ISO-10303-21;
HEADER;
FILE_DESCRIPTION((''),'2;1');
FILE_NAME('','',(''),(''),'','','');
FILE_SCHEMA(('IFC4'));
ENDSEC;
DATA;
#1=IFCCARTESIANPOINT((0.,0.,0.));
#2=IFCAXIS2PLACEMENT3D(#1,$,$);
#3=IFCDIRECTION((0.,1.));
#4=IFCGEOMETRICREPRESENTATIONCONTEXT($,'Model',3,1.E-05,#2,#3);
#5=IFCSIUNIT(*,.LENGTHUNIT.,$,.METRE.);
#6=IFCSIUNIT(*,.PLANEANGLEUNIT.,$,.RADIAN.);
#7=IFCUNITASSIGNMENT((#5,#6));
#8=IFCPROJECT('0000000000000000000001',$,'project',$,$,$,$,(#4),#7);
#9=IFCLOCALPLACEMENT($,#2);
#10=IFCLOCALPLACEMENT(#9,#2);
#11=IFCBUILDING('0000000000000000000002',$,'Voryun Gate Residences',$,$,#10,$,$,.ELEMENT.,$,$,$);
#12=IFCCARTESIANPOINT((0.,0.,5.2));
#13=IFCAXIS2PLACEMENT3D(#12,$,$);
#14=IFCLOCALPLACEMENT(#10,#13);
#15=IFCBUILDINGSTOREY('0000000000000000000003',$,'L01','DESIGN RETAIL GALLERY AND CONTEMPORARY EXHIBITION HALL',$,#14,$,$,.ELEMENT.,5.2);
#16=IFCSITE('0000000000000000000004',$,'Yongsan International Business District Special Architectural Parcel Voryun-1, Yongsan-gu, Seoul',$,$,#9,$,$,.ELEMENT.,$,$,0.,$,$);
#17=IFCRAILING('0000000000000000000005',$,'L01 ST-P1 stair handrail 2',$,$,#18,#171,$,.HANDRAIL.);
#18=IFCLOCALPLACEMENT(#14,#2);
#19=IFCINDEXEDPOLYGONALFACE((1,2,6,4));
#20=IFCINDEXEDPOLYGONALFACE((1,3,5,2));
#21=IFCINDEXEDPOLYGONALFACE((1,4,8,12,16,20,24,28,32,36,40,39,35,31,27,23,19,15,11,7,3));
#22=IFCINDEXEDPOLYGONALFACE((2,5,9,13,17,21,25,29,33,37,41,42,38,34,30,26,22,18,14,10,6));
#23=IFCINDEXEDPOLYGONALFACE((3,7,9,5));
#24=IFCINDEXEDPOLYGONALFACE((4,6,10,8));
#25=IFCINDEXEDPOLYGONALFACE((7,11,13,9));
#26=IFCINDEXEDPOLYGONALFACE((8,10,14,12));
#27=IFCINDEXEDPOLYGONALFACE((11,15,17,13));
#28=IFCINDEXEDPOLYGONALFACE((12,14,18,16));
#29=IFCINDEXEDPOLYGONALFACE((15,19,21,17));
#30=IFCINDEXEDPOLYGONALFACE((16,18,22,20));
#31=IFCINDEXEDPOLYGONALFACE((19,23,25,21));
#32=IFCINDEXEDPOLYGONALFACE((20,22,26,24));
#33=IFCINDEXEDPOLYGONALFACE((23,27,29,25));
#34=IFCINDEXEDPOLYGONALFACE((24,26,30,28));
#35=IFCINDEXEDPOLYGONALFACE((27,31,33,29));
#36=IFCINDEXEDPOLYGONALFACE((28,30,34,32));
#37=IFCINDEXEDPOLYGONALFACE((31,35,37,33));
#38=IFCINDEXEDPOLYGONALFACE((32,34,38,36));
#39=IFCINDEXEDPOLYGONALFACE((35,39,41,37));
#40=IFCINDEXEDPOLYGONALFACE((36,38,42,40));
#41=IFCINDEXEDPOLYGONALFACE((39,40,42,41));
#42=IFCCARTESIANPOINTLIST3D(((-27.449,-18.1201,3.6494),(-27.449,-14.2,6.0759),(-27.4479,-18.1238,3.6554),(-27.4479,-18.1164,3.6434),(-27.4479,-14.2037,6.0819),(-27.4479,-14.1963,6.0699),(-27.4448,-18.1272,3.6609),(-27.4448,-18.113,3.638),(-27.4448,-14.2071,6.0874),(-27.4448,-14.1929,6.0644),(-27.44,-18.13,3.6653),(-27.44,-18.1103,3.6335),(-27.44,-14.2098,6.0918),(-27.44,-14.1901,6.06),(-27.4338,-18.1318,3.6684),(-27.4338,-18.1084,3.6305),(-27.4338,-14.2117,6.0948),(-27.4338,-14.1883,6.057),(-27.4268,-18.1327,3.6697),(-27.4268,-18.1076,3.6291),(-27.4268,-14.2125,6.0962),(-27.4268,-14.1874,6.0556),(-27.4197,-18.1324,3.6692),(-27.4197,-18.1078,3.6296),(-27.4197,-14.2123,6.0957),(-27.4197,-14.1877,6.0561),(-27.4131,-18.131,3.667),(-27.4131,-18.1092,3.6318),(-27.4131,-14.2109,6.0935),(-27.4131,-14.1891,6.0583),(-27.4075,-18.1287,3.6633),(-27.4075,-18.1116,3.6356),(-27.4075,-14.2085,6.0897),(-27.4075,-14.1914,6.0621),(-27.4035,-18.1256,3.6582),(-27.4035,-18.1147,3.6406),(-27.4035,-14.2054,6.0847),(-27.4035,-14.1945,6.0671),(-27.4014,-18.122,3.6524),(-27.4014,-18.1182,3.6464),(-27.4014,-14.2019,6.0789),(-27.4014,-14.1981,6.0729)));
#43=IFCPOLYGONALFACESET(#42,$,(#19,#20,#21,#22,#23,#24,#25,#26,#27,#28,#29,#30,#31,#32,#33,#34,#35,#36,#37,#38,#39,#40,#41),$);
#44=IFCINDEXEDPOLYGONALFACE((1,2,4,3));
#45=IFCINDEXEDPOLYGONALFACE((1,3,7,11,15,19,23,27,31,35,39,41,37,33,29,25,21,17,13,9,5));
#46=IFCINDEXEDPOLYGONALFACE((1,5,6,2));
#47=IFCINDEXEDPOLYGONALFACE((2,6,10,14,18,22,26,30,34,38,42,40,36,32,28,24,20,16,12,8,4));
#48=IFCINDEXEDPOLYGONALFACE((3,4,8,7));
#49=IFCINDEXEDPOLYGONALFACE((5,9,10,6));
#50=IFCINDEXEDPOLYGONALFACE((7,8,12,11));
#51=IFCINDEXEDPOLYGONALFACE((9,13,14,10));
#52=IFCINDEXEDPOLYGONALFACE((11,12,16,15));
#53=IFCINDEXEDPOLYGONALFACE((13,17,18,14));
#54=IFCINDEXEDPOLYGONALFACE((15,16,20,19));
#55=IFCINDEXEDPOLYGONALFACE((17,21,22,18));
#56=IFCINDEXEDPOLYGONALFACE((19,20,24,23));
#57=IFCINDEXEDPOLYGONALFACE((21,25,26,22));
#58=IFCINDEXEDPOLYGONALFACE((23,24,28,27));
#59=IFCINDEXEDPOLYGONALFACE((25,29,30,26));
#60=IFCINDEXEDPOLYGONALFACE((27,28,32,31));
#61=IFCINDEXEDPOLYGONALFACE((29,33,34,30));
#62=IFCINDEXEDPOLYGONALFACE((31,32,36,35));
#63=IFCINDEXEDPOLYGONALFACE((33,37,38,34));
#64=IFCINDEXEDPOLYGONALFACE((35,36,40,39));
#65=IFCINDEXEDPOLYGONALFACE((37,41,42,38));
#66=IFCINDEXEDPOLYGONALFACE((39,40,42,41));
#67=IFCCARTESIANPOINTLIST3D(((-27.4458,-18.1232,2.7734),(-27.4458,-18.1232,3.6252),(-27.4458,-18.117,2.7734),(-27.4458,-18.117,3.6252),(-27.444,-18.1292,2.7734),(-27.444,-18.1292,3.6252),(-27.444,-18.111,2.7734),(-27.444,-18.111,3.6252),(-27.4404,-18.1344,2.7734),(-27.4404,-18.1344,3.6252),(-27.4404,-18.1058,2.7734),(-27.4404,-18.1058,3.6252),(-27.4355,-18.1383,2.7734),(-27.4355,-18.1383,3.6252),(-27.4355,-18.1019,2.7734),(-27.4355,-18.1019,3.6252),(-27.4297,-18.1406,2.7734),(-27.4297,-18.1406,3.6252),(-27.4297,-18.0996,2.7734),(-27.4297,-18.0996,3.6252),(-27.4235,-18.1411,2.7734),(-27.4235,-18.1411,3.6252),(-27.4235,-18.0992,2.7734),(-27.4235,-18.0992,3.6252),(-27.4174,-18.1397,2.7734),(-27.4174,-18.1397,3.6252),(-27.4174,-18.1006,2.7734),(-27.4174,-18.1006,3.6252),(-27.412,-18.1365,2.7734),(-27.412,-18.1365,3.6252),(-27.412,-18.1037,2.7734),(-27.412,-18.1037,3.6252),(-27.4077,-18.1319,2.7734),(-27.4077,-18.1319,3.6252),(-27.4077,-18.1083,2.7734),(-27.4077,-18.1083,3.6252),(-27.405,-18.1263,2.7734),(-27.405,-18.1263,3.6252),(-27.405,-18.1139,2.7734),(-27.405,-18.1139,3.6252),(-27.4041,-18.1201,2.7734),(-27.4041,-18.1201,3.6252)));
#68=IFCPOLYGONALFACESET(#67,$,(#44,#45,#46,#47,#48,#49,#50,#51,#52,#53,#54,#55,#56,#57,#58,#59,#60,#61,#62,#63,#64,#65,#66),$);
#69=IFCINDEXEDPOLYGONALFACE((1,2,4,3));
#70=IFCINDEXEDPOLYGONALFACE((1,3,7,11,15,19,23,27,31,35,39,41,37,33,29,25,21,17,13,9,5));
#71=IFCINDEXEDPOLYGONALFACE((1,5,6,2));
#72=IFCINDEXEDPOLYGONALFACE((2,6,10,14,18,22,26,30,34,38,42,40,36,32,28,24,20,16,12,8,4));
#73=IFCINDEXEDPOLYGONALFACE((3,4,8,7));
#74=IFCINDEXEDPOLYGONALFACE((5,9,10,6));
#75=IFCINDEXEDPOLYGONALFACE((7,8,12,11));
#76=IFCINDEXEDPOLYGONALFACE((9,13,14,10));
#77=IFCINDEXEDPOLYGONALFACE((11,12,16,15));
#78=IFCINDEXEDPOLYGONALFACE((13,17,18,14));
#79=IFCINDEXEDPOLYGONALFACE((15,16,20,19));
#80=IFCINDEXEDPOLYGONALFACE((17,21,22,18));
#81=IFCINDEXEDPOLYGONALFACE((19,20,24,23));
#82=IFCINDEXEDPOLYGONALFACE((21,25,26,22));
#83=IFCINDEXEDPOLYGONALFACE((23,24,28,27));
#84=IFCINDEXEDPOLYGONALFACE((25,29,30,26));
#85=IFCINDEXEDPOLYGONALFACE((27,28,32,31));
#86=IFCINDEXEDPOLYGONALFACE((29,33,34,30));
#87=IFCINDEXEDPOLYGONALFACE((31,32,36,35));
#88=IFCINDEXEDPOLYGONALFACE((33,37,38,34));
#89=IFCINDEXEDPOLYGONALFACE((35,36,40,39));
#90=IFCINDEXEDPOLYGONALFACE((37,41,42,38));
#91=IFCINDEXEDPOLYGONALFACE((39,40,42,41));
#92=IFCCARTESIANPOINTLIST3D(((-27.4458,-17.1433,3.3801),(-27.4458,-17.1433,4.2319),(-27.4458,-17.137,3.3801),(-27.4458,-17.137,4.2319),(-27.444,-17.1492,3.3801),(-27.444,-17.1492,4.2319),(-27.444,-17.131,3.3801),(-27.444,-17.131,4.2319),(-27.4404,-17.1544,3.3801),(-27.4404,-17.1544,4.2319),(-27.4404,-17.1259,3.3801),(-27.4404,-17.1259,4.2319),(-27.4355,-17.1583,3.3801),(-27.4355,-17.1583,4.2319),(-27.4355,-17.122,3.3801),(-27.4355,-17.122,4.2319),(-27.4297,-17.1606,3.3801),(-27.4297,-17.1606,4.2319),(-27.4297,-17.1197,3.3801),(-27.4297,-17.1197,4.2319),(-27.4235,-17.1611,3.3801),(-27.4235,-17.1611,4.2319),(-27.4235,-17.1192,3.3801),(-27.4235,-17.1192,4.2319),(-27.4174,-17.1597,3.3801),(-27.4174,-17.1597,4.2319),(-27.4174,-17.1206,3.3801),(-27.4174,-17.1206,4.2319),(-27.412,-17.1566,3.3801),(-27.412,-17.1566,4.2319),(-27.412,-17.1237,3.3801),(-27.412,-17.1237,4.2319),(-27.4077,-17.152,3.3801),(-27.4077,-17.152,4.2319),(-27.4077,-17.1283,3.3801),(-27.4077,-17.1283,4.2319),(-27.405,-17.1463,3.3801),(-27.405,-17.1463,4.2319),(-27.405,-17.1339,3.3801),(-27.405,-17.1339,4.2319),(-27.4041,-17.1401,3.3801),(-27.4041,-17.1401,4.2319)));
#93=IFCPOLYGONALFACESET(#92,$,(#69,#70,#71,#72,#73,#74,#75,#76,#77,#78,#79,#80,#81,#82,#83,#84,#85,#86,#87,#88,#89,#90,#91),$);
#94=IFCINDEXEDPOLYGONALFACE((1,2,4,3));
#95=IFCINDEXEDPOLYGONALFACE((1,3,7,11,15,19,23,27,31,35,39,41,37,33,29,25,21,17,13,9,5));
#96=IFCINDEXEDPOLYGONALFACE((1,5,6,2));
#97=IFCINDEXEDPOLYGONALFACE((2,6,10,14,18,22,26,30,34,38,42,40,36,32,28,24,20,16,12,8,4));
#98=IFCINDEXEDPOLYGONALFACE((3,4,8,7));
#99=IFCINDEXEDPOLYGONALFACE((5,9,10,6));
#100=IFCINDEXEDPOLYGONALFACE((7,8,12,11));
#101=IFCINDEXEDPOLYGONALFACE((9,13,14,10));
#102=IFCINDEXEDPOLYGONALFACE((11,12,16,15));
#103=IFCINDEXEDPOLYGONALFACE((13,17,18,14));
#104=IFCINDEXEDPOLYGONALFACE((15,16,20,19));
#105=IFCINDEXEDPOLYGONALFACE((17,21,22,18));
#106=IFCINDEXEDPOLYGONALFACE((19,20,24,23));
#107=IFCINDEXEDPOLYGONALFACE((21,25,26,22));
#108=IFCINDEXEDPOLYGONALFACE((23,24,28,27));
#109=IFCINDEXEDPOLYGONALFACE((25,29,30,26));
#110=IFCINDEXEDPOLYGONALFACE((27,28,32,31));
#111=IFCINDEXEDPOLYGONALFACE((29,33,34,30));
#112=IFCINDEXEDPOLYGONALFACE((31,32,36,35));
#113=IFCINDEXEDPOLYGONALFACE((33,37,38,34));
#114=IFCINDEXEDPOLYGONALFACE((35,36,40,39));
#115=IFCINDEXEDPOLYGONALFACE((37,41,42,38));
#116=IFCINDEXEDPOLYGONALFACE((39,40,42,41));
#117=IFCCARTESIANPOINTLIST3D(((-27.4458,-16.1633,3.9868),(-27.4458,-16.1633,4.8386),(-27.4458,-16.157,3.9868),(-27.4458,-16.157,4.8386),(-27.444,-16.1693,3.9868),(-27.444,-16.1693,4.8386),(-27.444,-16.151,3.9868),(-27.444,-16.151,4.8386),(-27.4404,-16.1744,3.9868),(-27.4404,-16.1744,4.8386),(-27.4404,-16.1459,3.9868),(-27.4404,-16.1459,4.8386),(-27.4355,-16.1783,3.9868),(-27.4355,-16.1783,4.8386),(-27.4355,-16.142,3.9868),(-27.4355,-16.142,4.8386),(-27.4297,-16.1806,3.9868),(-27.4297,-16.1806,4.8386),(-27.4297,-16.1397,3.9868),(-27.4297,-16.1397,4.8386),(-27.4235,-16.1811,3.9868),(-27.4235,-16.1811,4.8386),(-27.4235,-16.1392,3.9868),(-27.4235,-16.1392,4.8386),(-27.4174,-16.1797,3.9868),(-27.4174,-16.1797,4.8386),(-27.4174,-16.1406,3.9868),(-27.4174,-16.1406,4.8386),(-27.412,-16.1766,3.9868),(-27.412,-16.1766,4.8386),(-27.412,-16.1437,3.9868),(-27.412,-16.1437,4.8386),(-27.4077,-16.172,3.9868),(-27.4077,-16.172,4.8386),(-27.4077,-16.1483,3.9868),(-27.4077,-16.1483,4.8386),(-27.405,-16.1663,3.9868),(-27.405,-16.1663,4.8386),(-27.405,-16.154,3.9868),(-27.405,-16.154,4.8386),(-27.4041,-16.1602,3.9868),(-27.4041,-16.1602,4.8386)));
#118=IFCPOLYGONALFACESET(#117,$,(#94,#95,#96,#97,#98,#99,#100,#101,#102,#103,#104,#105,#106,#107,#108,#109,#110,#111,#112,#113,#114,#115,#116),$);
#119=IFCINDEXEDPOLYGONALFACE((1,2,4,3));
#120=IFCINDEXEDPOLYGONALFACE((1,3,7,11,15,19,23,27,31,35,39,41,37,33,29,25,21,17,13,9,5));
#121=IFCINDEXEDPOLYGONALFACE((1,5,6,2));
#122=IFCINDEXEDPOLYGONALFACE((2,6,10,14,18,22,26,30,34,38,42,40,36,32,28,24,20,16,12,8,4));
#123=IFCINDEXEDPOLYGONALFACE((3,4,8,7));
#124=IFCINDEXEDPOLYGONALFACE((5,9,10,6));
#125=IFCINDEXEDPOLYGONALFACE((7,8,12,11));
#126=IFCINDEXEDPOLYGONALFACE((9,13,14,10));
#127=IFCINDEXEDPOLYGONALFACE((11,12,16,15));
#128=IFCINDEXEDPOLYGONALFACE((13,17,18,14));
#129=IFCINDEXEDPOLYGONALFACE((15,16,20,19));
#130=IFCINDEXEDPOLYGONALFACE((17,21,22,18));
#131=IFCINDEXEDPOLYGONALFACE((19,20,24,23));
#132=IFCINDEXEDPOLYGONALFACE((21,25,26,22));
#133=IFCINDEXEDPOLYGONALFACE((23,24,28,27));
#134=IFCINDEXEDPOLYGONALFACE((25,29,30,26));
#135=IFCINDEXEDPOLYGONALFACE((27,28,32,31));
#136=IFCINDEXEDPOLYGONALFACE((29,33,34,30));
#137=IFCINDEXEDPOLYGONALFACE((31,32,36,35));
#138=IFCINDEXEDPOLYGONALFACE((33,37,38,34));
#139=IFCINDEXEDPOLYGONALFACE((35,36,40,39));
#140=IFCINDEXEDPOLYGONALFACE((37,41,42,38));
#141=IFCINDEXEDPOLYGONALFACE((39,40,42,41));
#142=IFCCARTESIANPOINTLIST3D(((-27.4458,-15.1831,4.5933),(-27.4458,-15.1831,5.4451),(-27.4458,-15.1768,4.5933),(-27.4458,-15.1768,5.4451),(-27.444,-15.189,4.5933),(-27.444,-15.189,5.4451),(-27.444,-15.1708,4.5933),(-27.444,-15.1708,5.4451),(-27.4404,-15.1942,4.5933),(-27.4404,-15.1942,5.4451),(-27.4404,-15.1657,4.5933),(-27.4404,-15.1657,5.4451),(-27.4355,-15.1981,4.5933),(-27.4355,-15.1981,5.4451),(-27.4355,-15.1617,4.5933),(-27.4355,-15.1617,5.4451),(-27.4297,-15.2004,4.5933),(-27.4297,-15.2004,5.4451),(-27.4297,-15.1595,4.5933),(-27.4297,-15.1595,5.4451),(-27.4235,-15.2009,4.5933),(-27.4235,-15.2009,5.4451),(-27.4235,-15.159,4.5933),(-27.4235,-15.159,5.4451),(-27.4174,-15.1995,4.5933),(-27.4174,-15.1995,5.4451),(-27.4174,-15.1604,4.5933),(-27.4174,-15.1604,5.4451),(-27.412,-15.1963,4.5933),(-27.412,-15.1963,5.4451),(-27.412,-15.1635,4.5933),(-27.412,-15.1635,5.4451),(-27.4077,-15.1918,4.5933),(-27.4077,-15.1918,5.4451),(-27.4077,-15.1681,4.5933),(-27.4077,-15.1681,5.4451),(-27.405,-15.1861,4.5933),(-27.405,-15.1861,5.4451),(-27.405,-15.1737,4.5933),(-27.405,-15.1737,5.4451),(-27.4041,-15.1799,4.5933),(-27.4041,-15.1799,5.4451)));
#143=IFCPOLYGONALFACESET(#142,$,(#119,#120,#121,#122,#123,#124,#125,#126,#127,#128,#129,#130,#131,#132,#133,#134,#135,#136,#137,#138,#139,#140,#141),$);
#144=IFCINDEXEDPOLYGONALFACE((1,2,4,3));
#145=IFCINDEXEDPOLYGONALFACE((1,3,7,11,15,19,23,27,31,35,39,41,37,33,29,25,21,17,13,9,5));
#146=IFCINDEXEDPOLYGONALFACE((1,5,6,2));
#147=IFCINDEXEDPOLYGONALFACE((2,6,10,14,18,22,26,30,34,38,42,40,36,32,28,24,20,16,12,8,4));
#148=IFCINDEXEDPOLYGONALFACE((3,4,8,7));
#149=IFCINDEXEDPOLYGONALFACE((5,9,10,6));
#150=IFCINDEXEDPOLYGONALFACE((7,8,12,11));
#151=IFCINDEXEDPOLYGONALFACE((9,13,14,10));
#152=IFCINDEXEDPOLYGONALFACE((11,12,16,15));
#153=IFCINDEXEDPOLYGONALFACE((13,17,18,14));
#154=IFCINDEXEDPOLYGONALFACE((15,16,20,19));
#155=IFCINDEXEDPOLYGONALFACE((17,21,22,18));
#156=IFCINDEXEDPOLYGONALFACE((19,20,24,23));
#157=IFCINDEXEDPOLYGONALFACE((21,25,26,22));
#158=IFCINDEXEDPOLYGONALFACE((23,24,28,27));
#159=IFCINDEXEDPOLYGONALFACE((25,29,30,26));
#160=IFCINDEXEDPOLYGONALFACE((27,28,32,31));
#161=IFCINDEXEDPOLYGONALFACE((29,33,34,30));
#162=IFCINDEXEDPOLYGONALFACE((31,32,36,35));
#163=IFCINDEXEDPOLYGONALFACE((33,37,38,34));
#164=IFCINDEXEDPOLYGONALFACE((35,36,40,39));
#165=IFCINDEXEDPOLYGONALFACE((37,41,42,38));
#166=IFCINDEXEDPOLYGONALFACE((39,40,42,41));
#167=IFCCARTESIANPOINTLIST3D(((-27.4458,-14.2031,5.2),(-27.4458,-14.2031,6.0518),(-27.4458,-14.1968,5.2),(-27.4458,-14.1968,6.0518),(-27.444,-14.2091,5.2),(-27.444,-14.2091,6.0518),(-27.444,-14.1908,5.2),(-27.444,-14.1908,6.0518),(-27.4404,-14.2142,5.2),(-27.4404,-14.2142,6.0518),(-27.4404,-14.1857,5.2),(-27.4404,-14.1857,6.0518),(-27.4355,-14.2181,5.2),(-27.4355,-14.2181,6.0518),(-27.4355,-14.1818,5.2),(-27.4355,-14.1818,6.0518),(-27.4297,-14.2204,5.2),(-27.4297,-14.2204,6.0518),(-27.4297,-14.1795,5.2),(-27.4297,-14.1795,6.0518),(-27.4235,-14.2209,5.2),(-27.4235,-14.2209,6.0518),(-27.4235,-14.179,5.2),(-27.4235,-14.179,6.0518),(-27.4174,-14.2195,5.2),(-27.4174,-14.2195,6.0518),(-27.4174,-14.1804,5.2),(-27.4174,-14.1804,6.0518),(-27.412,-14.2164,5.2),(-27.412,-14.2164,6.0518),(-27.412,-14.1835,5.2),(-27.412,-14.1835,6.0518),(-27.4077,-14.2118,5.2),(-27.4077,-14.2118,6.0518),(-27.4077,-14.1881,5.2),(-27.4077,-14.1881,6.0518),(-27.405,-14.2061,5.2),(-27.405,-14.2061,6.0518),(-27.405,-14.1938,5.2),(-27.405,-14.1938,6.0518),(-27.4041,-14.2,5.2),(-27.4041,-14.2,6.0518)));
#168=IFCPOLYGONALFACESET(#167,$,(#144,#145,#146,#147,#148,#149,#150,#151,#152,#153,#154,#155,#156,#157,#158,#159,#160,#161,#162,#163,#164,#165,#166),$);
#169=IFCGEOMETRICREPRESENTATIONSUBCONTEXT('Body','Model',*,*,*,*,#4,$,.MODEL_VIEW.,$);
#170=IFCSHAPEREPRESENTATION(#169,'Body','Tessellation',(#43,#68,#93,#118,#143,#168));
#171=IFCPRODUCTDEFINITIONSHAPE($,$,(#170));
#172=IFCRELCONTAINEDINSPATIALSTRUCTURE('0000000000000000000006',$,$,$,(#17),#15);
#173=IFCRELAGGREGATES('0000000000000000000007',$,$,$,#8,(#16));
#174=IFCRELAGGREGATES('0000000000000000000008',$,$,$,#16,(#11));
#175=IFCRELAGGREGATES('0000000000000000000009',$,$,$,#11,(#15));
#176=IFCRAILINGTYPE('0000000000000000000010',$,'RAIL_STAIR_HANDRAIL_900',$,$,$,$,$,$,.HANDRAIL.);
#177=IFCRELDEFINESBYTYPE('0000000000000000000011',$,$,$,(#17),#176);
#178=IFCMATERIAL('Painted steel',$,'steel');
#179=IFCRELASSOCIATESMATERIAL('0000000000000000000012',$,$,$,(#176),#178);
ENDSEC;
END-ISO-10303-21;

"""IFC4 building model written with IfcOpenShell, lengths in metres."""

from ifc_helpers import new_model, si_unit, direction, frame, origin, origin_2d, place, context, subcontext, project, spatial, circle, extrude, material, type_object, element, save


model = new_model("IFC4")

# Units and contexts
model_context = context("Model", 3, precision=1e-05, world=origin(), true_north=direction((0.0, 1.0)))
body_context = subcontext(model_context, "Body", "Model", "MODEL_VIEW")
ifc_project = project(units=[si_unit("LENGTHUNIT", "METRE"), si_unit("PLANEANGLEUNIT", "RADIAN")], contexts=[model_context])

# Site, building, storey
site_placement = place(None, origin())
site = spatial("IfcSite", under=ifc_project, at=site_placement, Name="Yongsan International Business District Special Architectural Parcel Voryun-1, Yongsan-gu, Seoul", CompositionType="ELEMENT", RefElevation=0.0)
building_placement = place(site_placement, origin())
building = spatial("IfcBuilding", under=site, at=building_placement, Name="Voryun Gate Residences", CompositionType="ELEMENT")
storey_placement = place(building_placement, frame((0.0, 0.0, 5.2)))
storey = spatial("IfcBuildingStorey", under=building, at=storey_placement, Name="L01", Description="DESIGN RETAIL GALLERY AND CONTEMPORARY EXHIBITION HALL", CompositionType="ELEMENT", Elevation=5.2)

# Railing
ifc_material_1 = material(Name="Painted steel", Category="steel")
railing_type_1 = type_object("IfcRailingType", Name="RAIL_STAIR_HANDRAIL_900", PredefinedType="HANDRAIL", material=ifc_material_1)
railing_1_placement = place(storey_placement, frame((-27.425, -18.1201, 2.7734)))
element("IfcRailing", 1, at=railing_1_placement, inside=storey, type_object=railing_type_1, Name="L01 ST-P1 stair handrail 2", PredefinedType="HANDRAIL", context=body_context, shape_type="SweptSolid", body=[
    extrude(circle(Radius=0.0239, at=origin_2d()), frame((0.0, 0.0, 0.876), z_axis=(0.0, 0.85029, 0.526315), x_axis=(-1.0, 0.0, 0.0)), (0.0, 0.0, 1.0), 4.6104),
    extrude(circle(Radius=0.021, at=origin_2d()), origin(), (0.0, 0.0, 1.0), 0.8518),
    extrude(circle(Radius=0.021, at=origin_2d()), frame((0.0, 0.98, 0.6067)), (0.0, 0.0, 1.0), 0.8518),
    extrude(circle(Radius=0.021, at=origin_2d()), frame((0.0, 1.96, 1.2134)), (0.0, 0.0, 1.0), 0.8518),
    extrude(circle(Radius=0.021, at=origin_2d()), frame((0.0, 2.9402, 1.8198)), (0.0, 0.0, 1.0), 0.8518),
    extrude(circle(Radius=0.021, at=origin_2d()), frame((0.0, 3.9202, 2.4265)), (0.0, 0.0, 1.0), 0.8518),
])

save(model, "model.ifc")
